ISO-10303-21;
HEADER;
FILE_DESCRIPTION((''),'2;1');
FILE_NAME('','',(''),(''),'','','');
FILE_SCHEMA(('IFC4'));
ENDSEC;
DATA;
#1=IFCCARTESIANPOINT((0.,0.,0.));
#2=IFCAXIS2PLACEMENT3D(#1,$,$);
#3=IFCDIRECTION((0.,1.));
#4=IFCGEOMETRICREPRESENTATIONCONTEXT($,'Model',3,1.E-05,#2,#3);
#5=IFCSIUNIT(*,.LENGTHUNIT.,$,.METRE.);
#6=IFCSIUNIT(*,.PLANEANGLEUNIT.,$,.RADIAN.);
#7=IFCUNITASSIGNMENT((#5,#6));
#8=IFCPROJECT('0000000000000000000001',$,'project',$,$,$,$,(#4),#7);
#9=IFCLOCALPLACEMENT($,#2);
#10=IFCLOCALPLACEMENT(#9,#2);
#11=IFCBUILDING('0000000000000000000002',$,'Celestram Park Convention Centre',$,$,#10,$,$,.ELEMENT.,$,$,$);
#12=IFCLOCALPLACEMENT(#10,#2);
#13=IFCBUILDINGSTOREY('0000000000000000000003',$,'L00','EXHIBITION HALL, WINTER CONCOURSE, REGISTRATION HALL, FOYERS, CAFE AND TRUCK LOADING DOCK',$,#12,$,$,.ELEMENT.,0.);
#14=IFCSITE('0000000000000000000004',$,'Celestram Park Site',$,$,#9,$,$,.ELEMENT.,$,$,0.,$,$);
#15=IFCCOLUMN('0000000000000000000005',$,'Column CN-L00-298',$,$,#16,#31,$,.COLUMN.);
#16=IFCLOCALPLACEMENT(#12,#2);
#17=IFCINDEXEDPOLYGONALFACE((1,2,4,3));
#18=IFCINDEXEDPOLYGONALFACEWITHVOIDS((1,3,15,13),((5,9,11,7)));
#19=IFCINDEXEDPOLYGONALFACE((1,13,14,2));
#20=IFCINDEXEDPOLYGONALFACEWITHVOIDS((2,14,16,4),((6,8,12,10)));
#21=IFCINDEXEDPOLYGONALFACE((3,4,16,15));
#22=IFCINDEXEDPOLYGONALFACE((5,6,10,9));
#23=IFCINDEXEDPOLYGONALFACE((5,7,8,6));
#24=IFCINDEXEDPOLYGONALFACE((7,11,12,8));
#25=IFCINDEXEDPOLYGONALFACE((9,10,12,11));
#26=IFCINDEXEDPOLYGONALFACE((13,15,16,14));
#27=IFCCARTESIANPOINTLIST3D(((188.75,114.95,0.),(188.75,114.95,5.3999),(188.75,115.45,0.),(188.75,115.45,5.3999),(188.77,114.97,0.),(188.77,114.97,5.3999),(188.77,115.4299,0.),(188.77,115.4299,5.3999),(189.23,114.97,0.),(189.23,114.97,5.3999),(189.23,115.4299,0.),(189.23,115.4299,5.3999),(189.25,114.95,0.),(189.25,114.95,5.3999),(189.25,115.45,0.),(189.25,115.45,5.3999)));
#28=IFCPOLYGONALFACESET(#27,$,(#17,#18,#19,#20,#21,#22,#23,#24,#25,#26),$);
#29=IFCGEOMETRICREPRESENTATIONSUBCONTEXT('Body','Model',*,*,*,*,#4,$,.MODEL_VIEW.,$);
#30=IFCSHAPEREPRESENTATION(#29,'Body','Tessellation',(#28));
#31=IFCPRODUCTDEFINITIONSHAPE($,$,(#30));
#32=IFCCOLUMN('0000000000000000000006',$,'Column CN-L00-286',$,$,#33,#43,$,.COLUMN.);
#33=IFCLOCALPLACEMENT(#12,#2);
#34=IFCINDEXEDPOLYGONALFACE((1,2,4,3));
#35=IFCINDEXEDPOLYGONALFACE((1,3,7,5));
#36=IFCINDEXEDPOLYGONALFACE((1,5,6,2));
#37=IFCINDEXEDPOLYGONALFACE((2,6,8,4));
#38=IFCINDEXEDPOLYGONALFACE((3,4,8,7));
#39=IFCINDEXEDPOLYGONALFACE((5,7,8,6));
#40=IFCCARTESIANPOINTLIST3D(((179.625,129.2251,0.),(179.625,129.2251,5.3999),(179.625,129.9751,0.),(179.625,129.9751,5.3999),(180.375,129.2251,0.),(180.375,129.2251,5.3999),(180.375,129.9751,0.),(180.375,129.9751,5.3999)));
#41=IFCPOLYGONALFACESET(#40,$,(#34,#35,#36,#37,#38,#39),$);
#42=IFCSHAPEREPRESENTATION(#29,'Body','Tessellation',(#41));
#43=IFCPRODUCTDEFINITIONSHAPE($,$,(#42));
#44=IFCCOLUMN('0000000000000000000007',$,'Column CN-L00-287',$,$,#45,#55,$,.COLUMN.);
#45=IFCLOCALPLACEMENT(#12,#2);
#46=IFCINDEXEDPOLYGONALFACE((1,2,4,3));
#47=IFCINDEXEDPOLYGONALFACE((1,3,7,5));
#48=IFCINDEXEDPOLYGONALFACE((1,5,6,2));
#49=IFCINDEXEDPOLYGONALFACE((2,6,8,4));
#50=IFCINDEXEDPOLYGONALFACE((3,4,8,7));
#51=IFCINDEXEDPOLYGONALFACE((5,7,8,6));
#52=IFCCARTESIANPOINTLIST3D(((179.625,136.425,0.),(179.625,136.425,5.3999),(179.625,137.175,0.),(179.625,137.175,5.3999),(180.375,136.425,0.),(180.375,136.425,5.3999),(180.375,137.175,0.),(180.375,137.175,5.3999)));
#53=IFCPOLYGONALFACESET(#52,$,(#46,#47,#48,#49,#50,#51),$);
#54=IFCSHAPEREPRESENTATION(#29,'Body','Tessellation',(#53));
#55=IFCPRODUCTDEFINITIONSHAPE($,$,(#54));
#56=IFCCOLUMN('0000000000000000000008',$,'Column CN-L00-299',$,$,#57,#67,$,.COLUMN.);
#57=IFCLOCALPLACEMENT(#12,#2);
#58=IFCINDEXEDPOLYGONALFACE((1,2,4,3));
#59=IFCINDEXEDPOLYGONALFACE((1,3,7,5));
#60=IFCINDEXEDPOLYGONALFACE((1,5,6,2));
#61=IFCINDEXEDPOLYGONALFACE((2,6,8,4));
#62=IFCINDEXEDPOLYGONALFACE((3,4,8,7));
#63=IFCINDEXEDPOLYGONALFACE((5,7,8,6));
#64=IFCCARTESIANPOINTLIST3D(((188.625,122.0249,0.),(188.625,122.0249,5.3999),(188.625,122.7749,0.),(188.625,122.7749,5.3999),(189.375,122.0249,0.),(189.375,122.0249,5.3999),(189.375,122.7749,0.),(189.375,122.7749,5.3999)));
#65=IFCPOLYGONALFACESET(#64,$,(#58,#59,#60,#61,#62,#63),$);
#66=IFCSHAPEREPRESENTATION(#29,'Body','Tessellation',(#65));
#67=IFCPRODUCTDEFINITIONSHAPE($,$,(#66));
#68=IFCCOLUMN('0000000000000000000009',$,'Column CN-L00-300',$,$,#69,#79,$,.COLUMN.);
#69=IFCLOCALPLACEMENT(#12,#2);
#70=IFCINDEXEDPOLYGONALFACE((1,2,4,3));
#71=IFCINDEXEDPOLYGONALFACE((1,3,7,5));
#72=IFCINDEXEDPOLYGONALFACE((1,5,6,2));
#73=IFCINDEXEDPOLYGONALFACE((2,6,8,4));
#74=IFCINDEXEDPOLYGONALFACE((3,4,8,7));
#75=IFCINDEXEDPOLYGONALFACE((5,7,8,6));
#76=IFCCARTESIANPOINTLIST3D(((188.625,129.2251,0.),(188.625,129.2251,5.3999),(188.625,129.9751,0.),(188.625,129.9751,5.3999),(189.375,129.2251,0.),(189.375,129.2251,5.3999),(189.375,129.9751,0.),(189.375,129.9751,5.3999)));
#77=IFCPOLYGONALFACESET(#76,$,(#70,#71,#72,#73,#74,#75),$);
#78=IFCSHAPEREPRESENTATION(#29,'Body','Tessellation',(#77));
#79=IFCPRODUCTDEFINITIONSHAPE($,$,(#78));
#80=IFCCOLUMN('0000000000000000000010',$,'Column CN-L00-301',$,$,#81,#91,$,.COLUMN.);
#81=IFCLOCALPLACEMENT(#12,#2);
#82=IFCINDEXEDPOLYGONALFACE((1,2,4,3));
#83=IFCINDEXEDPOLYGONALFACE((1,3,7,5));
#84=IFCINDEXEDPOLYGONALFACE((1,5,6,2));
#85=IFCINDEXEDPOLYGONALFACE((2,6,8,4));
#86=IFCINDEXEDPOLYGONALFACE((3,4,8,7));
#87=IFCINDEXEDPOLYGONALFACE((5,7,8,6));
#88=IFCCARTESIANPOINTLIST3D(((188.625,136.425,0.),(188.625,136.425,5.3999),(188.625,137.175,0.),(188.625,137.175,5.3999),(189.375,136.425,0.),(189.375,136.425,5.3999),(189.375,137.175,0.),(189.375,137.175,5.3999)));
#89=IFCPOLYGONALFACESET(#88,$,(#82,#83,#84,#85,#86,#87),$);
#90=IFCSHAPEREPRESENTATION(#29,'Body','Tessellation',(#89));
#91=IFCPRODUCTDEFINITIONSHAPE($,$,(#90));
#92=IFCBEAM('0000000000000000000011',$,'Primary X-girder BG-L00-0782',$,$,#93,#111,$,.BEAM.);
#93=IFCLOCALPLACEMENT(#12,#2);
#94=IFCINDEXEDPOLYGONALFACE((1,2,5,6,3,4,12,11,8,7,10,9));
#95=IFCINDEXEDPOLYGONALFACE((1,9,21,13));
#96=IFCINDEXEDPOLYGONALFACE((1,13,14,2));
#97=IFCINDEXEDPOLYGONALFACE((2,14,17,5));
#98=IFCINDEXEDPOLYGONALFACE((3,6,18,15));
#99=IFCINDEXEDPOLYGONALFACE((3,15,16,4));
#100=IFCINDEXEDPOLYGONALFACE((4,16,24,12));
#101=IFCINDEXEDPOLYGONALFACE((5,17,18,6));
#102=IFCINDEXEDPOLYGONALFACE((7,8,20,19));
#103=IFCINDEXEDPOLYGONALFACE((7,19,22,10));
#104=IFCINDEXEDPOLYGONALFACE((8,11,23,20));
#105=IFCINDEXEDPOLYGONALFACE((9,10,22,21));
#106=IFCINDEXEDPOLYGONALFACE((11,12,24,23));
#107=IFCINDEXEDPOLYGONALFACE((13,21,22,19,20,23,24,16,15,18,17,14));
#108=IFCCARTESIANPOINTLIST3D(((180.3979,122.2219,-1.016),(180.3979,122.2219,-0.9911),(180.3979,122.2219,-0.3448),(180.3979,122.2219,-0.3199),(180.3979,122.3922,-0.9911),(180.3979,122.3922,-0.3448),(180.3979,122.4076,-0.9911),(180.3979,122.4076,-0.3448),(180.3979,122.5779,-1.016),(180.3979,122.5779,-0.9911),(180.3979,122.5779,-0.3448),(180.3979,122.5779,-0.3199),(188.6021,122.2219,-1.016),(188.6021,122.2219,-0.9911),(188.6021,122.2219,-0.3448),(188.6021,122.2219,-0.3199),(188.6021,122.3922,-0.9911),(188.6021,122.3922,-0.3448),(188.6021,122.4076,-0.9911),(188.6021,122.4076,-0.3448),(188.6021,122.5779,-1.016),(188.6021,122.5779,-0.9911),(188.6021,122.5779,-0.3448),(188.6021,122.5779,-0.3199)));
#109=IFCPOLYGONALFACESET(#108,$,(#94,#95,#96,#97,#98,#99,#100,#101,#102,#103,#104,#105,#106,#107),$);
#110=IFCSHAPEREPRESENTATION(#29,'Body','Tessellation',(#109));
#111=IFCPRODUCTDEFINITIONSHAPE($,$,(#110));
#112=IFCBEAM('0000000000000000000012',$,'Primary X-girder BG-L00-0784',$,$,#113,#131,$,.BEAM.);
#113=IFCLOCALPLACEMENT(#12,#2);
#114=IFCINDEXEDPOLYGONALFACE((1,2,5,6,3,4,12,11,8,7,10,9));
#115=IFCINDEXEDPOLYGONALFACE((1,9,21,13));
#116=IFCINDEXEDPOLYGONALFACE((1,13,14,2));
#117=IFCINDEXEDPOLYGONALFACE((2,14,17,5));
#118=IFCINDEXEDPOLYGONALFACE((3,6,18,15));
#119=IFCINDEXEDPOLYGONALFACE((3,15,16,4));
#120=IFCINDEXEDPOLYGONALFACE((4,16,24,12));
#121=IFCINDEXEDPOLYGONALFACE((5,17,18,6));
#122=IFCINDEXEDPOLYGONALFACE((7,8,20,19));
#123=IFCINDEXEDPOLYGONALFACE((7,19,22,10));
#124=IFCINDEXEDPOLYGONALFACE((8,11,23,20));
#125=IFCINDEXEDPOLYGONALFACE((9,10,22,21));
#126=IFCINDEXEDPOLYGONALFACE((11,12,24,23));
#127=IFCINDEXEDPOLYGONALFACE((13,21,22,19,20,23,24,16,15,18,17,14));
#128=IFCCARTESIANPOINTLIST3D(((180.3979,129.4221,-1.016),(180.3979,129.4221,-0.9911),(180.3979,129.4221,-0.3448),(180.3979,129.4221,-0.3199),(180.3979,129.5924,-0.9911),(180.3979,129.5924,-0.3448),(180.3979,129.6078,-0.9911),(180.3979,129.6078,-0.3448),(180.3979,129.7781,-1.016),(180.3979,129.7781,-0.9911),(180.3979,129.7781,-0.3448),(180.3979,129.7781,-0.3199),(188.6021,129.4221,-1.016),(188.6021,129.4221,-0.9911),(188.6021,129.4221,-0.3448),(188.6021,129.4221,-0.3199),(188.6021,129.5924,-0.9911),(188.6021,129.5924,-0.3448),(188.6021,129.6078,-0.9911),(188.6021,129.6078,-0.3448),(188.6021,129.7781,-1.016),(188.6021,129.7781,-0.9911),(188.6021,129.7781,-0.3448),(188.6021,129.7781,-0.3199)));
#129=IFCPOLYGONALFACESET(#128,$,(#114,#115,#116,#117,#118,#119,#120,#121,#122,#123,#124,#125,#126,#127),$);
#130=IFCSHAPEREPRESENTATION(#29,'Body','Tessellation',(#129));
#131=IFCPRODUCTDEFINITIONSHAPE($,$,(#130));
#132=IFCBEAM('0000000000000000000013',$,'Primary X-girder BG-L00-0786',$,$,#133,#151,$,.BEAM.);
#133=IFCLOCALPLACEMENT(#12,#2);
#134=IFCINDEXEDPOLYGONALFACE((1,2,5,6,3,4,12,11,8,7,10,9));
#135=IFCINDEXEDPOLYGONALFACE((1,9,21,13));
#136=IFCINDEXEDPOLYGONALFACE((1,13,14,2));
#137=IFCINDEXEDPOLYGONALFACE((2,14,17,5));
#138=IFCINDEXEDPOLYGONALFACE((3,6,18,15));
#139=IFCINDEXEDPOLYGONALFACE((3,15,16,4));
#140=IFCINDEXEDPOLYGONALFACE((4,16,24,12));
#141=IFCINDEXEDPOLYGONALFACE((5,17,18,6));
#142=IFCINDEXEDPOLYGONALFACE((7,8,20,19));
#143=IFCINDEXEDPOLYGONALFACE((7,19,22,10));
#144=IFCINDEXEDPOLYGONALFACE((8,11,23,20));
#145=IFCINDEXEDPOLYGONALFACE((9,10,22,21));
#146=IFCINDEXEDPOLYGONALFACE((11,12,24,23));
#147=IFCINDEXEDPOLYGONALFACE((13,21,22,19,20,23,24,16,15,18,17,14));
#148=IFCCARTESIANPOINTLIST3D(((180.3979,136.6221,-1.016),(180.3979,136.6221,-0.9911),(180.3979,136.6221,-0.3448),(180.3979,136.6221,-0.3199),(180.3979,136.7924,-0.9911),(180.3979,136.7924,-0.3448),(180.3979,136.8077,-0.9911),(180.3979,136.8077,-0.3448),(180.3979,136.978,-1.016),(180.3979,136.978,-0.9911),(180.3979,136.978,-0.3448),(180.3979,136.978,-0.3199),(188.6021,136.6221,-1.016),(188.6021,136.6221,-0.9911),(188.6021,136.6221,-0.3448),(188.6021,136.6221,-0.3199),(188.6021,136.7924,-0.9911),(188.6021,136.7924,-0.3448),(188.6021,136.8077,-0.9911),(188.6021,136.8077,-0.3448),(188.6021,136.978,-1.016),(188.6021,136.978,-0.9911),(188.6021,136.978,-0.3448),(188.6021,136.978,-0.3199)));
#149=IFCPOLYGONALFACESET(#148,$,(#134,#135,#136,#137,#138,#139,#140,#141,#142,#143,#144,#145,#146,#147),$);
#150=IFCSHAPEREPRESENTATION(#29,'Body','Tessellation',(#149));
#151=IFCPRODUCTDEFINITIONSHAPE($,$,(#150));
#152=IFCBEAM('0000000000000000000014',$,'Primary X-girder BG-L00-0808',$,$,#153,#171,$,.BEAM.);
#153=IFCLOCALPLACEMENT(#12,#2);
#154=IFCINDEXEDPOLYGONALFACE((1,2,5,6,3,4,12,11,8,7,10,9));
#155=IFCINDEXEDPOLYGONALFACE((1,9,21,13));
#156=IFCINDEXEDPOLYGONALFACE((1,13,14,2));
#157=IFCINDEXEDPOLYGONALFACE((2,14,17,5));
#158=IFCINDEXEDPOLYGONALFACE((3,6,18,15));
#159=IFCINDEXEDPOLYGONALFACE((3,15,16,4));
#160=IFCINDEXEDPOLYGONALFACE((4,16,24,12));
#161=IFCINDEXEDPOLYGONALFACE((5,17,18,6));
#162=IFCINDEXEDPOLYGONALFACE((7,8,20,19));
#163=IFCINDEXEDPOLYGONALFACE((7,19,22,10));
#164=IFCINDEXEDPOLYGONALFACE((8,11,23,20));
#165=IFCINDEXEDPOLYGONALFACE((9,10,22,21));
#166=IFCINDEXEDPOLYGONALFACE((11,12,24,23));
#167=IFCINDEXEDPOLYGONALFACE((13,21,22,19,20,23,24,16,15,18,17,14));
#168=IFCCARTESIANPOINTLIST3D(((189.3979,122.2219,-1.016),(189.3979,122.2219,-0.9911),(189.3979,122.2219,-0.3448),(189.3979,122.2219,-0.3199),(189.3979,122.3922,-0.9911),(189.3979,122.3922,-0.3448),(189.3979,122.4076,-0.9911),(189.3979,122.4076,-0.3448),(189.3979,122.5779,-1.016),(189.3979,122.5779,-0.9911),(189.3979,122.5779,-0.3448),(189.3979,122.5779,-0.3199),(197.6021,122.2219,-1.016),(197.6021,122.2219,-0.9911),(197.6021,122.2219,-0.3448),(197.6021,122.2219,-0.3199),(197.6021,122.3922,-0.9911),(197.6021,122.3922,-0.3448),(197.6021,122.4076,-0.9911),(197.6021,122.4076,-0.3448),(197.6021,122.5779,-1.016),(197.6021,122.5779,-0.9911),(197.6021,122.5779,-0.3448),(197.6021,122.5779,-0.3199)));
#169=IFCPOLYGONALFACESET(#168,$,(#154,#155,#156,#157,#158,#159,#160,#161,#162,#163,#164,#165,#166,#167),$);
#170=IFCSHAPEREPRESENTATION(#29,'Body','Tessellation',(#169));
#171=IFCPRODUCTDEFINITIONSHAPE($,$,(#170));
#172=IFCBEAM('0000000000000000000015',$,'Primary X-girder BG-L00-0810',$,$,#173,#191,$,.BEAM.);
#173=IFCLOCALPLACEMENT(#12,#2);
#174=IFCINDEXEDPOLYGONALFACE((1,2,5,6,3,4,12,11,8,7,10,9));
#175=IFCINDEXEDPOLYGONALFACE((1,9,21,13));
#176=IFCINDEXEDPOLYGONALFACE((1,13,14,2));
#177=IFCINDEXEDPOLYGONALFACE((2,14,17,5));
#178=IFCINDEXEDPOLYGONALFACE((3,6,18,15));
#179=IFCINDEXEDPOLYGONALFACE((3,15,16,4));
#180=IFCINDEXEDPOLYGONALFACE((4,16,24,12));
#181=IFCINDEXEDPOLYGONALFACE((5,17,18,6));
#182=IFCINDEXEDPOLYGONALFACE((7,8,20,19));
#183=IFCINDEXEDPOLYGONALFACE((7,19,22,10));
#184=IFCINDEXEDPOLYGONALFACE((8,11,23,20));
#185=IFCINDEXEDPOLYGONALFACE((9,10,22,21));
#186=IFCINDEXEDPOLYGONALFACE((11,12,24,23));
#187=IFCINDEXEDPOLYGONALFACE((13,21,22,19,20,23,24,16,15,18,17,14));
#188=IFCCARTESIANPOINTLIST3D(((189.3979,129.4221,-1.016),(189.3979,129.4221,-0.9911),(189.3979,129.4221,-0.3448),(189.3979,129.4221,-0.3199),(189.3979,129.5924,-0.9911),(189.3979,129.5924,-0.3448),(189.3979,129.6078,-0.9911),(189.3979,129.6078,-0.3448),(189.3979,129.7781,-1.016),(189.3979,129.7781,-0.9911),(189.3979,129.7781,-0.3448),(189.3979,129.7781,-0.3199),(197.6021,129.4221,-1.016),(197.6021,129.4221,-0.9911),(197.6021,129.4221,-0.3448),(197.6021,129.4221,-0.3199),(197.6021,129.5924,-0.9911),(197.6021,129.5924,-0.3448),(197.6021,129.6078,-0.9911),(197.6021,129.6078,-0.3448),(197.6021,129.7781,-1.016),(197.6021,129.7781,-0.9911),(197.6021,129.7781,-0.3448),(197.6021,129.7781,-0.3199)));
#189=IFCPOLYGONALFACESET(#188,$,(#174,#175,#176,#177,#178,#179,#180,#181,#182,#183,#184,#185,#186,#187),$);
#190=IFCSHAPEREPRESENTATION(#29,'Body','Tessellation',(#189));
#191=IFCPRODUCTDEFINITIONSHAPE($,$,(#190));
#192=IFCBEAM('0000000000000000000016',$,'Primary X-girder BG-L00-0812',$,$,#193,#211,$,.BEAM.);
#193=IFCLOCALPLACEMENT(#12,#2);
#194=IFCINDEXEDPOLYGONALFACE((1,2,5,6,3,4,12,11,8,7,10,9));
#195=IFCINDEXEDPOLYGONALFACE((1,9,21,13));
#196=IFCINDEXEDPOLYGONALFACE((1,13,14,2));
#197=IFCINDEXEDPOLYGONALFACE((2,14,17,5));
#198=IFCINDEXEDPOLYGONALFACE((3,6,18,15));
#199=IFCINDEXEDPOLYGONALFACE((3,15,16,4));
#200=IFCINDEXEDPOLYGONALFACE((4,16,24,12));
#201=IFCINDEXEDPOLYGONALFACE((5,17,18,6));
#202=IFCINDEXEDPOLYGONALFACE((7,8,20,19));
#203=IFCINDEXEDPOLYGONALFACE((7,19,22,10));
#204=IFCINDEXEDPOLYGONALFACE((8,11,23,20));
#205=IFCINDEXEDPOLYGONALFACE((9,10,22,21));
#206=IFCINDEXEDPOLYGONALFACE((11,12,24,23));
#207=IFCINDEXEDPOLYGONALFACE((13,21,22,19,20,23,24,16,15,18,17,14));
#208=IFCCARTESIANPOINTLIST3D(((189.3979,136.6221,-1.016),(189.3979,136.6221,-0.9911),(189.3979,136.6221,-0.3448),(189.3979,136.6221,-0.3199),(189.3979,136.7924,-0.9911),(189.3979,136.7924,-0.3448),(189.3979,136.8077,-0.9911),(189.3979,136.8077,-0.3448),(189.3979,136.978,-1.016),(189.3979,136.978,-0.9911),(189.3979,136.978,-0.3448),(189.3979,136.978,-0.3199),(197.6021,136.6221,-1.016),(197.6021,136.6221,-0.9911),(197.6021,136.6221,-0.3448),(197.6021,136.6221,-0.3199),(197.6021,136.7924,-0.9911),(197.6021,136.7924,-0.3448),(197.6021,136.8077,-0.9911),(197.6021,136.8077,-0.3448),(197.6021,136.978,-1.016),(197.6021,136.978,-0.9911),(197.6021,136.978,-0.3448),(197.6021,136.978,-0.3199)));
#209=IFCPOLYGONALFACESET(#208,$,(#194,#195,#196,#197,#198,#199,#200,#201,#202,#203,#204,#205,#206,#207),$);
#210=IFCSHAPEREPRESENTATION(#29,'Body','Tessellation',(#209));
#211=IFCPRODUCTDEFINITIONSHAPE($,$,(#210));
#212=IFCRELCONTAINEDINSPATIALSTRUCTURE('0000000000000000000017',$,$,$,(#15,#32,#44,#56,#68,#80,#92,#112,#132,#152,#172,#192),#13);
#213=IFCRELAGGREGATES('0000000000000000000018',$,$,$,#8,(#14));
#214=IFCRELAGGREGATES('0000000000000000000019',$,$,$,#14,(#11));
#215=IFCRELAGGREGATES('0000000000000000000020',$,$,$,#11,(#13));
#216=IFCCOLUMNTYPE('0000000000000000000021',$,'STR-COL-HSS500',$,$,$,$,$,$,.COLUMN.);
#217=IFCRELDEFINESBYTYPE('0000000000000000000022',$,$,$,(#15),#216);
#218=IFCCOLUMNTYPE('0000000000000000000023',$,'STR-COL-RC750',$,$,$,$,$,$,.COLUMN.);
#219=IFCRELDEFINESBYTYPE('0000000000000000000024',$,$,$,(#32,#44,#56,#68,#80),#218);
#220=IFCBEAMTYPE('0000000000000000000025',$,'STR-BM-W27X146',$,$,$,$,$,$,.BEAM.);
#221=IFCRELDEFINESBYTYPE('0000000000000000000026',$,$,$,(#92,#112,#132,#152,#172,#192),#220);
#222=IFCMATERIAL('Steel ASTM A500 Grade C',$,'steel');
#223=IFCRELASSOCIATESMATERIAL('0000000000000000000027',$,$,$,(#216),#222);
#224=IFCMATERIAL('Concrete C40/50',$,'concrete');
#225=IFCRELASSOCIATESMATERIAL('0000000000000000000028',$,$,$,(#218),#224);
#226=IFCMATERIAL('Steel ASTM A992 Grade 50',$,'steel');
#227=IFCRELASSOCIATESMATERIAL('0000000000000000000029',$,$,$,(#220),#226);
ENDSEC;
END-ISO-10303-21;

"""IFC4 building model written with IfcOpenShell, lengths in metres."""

from ifc_helpers import new_model, si_unit, direction, frame, origin, origin_2d, place, context, subcontext, project, spatial, rectangle, hollow_rectangle, i_section, extrude, material, material_profile, profile_set, type_object, element, save


model = new_model("IFC4")

# Units and contexts
model_context = context("Model", 3, precision=1e-05, world=origin(), true_north=direction((0.0, 1.0)))
body_context = subcontext(model_context, "Body", "Model", "MODEL_VIEW")
ifc_project = project(units=[si_unit("LENGTHUNIT", "METRE"), si_unit("PLANEANGLEUNIT", "RADIAN")], contexts=[model_context])

# Site, building, storey
site_placement = place(None, origin())
site = spatial("IfcSite", under=ifc_project, at=site_placement, Name="Celestram Park Site", CompositionType="ELEMENT", RefElevation=0.0)
building_placement = place(site_placement, origin())
building = spatial("IfcBuilding", under=site, at=building_placement, Name="Celestram Park Convention Centre", CompositionType="ELEMENT")
storey_placement = place(building_placement, origin())
storey = spatial("IfcBuildingStorey", under=building, at=storey_placement, Name="L00", Description="EXHIBITION HALL, WINTER CONCOURSE, REGISTRATION HALL, FOYERS, CAFE AND TRUCK LOADING DOCK", CompositionType="ELEMENT", Elevation=0.0)

# Columns
ifc_material_1 = material(Name="Steel ASTM A500 Grade C", Category="steel")
ifc_material_profile_1 = material_profile(ifc_material_1, hollow_rectangle(XDim=0.5, YDim=0.5, WallThickness=0.02, at=origin_2d()), Name="HSS500X500X20")
ifc_profile_set_1 = profile_set([ifc_material_profile_1], Name="Steel ASTM A500 Grade C")
column_type_1 = type_object("IfcColumnType", Name="STR-COL-HSS500", PredefinedType="COLUMN", material=ifc_profile_set_1)
column_placement = place(storey_placement, frame((189.0, 115.2, 0.0), z_axis=(0.0, 0.0, 1.0), x_axis=(1.0, 0.0, 0.0)))
element("IfcColumn", 1, at=column_placement, inside=storey, type_object=column_type_1, Name="Column CN-L00-298", PredefinedType="COLUMN", context=body_context, shape_type="SweptSolid", body=[
    extrude(hollow_rectangle(XDim=0.5, YDim=0.5, WallThickness=0.02, at=origin_2d()), origin(), (0.0, 0.0, 1.0), 5.3999),
])
ifc_material_2 = material(Name="Concrete C40/50", Category="concrete")
ifc_material_profile_2 = material_profile(ifc_material_2, rectangle(XDim=0.75, YDim=0.75, at=origin_2d()), Name="RC750X750")
ifc_profile_set_2 = profile_set([ifc_material_profile_2], Name="Concrete C40/50")
column_type_2 = type_object("IfcColumnType", Name="STR-COL-RC750", PredefinedType="COLUMN", material=ifc_profile_set_2)
for number, where, z_axis, x_axis, name in (
    (2, (180.0, 129.6001, 0.0), (0.0, 0.0, 1.0), (1.0, 0.0, 0.0), "Column CN-L00-286"),
    (3, (180.0, 136.8, 0.0), (0.0, 0.0, 1.0), (1.0, 0.0, 0.0), "Column CN-L00-287"),
    (4, (189.0, 122.3999, 0.0), (0.0, 0.0, 1.0), (1.0, 0.0, 0.0), "Column CN-L00-299"),
    (5, (189.0, 129.6001, 0.0), (0.0, 0.0, 1.0), (1.0, 0.0, 0.0), "Column CN-L00-300"),
    (6, (189.0, 136.8, 0.0), (0.0, 0.0, 1.0), (1.0, 0.0, 0.0), "Column CN-L00-301"),
):
    element("IfcColumn", number, at=place(storey_placement, frame(where, z_axis=z_axis, x_axis=x_axis)), inside=storey, type_object=column_type_2, Name=name, PredefinedType="COLUMN", context=body_context, shape_type="SweptSolid", body=[
        extrude(rectangle(XDim=0.75, YDim=0.75, at=origin_2d()), origin(), (0.0, 0.0, 1.0), 5.3999),
    ])

# Beams
ifc_material_3 = material(Name="Steel ASTM A992 Grade 50", Category="steel")
ifc_material_profile_3 = material_profile(ifc_material_3, i_section(OverallWidth=0.356, OverallDepth=0.696, WebThickness=0.0154, FlangeThickness=0.0249, at=origin_2d()), Name="W27X146")
ifc_profile_set_3 = profile_set([ifc_material_profile_3], Name="Steel ASTM A992 Grade 50")
beam_type_1 = type_object("IfcBeamType", Name="STR-BM-W27X146", PredefinedType="BEAM", material=ifc_profile_set_3)
for number, where, z_axis, x_axis, name in (
    (7, (180.3979, 122.3999, -0.668), (1.0, 0.0, 0.0), (0.0, 1.0, 0.0), "Primary X-girder BG-L00-0782"),
    (8, (180.3979, 129.6001, -0.668), (1.0, 0.0, 0.0), (0.0, 1.0, 0.0), "Primary X-girder BG-L00-0784"),
    (9, (180.3979, 136.8, -0.668), (1.0, 0.0, 0.0), (0.0, 1.0, 0.0), "Primary X-girder BG-L00-0786"),
    (10, (189.3979, 122.3999, -0.668), (1.0, 0.0, 0.0), (0.0, 1.0, 0.0), "Primary X-girder BG-L00-0808"),
    (11, (189.3979, 129.6001, -0.668), (1.0, 0.0, 0.0), (0.0, 1.0, 0.0), "Primary X-girder BG-L00-0810"),
    (12, (189.3979, 136.8, -0.668), (1.0, 0.0, 0.0), (0.0, 1.0, 0.0), "Primary X-girder BG-L00-0812"),
):
    element("IfcBeam", number, at=place(storey_placement, frame(where, z_axis=z_axis, x_axis=x_axis)), inside=storey, type_object=beam_type_1, Name=name, PredefinedType="BEAM", context=body_context, shape_type="SweptSolid", body=[
        extrude(i_section(OverallWidth=0.356, OverallDepth=0.696, WebThickness=0.0154, FlangeThickness=0.0249, at=origin_2d()), origin(), (0.0, 0.0, 1.0), 8.2041),
    ])

save(model, "model.ifc")
